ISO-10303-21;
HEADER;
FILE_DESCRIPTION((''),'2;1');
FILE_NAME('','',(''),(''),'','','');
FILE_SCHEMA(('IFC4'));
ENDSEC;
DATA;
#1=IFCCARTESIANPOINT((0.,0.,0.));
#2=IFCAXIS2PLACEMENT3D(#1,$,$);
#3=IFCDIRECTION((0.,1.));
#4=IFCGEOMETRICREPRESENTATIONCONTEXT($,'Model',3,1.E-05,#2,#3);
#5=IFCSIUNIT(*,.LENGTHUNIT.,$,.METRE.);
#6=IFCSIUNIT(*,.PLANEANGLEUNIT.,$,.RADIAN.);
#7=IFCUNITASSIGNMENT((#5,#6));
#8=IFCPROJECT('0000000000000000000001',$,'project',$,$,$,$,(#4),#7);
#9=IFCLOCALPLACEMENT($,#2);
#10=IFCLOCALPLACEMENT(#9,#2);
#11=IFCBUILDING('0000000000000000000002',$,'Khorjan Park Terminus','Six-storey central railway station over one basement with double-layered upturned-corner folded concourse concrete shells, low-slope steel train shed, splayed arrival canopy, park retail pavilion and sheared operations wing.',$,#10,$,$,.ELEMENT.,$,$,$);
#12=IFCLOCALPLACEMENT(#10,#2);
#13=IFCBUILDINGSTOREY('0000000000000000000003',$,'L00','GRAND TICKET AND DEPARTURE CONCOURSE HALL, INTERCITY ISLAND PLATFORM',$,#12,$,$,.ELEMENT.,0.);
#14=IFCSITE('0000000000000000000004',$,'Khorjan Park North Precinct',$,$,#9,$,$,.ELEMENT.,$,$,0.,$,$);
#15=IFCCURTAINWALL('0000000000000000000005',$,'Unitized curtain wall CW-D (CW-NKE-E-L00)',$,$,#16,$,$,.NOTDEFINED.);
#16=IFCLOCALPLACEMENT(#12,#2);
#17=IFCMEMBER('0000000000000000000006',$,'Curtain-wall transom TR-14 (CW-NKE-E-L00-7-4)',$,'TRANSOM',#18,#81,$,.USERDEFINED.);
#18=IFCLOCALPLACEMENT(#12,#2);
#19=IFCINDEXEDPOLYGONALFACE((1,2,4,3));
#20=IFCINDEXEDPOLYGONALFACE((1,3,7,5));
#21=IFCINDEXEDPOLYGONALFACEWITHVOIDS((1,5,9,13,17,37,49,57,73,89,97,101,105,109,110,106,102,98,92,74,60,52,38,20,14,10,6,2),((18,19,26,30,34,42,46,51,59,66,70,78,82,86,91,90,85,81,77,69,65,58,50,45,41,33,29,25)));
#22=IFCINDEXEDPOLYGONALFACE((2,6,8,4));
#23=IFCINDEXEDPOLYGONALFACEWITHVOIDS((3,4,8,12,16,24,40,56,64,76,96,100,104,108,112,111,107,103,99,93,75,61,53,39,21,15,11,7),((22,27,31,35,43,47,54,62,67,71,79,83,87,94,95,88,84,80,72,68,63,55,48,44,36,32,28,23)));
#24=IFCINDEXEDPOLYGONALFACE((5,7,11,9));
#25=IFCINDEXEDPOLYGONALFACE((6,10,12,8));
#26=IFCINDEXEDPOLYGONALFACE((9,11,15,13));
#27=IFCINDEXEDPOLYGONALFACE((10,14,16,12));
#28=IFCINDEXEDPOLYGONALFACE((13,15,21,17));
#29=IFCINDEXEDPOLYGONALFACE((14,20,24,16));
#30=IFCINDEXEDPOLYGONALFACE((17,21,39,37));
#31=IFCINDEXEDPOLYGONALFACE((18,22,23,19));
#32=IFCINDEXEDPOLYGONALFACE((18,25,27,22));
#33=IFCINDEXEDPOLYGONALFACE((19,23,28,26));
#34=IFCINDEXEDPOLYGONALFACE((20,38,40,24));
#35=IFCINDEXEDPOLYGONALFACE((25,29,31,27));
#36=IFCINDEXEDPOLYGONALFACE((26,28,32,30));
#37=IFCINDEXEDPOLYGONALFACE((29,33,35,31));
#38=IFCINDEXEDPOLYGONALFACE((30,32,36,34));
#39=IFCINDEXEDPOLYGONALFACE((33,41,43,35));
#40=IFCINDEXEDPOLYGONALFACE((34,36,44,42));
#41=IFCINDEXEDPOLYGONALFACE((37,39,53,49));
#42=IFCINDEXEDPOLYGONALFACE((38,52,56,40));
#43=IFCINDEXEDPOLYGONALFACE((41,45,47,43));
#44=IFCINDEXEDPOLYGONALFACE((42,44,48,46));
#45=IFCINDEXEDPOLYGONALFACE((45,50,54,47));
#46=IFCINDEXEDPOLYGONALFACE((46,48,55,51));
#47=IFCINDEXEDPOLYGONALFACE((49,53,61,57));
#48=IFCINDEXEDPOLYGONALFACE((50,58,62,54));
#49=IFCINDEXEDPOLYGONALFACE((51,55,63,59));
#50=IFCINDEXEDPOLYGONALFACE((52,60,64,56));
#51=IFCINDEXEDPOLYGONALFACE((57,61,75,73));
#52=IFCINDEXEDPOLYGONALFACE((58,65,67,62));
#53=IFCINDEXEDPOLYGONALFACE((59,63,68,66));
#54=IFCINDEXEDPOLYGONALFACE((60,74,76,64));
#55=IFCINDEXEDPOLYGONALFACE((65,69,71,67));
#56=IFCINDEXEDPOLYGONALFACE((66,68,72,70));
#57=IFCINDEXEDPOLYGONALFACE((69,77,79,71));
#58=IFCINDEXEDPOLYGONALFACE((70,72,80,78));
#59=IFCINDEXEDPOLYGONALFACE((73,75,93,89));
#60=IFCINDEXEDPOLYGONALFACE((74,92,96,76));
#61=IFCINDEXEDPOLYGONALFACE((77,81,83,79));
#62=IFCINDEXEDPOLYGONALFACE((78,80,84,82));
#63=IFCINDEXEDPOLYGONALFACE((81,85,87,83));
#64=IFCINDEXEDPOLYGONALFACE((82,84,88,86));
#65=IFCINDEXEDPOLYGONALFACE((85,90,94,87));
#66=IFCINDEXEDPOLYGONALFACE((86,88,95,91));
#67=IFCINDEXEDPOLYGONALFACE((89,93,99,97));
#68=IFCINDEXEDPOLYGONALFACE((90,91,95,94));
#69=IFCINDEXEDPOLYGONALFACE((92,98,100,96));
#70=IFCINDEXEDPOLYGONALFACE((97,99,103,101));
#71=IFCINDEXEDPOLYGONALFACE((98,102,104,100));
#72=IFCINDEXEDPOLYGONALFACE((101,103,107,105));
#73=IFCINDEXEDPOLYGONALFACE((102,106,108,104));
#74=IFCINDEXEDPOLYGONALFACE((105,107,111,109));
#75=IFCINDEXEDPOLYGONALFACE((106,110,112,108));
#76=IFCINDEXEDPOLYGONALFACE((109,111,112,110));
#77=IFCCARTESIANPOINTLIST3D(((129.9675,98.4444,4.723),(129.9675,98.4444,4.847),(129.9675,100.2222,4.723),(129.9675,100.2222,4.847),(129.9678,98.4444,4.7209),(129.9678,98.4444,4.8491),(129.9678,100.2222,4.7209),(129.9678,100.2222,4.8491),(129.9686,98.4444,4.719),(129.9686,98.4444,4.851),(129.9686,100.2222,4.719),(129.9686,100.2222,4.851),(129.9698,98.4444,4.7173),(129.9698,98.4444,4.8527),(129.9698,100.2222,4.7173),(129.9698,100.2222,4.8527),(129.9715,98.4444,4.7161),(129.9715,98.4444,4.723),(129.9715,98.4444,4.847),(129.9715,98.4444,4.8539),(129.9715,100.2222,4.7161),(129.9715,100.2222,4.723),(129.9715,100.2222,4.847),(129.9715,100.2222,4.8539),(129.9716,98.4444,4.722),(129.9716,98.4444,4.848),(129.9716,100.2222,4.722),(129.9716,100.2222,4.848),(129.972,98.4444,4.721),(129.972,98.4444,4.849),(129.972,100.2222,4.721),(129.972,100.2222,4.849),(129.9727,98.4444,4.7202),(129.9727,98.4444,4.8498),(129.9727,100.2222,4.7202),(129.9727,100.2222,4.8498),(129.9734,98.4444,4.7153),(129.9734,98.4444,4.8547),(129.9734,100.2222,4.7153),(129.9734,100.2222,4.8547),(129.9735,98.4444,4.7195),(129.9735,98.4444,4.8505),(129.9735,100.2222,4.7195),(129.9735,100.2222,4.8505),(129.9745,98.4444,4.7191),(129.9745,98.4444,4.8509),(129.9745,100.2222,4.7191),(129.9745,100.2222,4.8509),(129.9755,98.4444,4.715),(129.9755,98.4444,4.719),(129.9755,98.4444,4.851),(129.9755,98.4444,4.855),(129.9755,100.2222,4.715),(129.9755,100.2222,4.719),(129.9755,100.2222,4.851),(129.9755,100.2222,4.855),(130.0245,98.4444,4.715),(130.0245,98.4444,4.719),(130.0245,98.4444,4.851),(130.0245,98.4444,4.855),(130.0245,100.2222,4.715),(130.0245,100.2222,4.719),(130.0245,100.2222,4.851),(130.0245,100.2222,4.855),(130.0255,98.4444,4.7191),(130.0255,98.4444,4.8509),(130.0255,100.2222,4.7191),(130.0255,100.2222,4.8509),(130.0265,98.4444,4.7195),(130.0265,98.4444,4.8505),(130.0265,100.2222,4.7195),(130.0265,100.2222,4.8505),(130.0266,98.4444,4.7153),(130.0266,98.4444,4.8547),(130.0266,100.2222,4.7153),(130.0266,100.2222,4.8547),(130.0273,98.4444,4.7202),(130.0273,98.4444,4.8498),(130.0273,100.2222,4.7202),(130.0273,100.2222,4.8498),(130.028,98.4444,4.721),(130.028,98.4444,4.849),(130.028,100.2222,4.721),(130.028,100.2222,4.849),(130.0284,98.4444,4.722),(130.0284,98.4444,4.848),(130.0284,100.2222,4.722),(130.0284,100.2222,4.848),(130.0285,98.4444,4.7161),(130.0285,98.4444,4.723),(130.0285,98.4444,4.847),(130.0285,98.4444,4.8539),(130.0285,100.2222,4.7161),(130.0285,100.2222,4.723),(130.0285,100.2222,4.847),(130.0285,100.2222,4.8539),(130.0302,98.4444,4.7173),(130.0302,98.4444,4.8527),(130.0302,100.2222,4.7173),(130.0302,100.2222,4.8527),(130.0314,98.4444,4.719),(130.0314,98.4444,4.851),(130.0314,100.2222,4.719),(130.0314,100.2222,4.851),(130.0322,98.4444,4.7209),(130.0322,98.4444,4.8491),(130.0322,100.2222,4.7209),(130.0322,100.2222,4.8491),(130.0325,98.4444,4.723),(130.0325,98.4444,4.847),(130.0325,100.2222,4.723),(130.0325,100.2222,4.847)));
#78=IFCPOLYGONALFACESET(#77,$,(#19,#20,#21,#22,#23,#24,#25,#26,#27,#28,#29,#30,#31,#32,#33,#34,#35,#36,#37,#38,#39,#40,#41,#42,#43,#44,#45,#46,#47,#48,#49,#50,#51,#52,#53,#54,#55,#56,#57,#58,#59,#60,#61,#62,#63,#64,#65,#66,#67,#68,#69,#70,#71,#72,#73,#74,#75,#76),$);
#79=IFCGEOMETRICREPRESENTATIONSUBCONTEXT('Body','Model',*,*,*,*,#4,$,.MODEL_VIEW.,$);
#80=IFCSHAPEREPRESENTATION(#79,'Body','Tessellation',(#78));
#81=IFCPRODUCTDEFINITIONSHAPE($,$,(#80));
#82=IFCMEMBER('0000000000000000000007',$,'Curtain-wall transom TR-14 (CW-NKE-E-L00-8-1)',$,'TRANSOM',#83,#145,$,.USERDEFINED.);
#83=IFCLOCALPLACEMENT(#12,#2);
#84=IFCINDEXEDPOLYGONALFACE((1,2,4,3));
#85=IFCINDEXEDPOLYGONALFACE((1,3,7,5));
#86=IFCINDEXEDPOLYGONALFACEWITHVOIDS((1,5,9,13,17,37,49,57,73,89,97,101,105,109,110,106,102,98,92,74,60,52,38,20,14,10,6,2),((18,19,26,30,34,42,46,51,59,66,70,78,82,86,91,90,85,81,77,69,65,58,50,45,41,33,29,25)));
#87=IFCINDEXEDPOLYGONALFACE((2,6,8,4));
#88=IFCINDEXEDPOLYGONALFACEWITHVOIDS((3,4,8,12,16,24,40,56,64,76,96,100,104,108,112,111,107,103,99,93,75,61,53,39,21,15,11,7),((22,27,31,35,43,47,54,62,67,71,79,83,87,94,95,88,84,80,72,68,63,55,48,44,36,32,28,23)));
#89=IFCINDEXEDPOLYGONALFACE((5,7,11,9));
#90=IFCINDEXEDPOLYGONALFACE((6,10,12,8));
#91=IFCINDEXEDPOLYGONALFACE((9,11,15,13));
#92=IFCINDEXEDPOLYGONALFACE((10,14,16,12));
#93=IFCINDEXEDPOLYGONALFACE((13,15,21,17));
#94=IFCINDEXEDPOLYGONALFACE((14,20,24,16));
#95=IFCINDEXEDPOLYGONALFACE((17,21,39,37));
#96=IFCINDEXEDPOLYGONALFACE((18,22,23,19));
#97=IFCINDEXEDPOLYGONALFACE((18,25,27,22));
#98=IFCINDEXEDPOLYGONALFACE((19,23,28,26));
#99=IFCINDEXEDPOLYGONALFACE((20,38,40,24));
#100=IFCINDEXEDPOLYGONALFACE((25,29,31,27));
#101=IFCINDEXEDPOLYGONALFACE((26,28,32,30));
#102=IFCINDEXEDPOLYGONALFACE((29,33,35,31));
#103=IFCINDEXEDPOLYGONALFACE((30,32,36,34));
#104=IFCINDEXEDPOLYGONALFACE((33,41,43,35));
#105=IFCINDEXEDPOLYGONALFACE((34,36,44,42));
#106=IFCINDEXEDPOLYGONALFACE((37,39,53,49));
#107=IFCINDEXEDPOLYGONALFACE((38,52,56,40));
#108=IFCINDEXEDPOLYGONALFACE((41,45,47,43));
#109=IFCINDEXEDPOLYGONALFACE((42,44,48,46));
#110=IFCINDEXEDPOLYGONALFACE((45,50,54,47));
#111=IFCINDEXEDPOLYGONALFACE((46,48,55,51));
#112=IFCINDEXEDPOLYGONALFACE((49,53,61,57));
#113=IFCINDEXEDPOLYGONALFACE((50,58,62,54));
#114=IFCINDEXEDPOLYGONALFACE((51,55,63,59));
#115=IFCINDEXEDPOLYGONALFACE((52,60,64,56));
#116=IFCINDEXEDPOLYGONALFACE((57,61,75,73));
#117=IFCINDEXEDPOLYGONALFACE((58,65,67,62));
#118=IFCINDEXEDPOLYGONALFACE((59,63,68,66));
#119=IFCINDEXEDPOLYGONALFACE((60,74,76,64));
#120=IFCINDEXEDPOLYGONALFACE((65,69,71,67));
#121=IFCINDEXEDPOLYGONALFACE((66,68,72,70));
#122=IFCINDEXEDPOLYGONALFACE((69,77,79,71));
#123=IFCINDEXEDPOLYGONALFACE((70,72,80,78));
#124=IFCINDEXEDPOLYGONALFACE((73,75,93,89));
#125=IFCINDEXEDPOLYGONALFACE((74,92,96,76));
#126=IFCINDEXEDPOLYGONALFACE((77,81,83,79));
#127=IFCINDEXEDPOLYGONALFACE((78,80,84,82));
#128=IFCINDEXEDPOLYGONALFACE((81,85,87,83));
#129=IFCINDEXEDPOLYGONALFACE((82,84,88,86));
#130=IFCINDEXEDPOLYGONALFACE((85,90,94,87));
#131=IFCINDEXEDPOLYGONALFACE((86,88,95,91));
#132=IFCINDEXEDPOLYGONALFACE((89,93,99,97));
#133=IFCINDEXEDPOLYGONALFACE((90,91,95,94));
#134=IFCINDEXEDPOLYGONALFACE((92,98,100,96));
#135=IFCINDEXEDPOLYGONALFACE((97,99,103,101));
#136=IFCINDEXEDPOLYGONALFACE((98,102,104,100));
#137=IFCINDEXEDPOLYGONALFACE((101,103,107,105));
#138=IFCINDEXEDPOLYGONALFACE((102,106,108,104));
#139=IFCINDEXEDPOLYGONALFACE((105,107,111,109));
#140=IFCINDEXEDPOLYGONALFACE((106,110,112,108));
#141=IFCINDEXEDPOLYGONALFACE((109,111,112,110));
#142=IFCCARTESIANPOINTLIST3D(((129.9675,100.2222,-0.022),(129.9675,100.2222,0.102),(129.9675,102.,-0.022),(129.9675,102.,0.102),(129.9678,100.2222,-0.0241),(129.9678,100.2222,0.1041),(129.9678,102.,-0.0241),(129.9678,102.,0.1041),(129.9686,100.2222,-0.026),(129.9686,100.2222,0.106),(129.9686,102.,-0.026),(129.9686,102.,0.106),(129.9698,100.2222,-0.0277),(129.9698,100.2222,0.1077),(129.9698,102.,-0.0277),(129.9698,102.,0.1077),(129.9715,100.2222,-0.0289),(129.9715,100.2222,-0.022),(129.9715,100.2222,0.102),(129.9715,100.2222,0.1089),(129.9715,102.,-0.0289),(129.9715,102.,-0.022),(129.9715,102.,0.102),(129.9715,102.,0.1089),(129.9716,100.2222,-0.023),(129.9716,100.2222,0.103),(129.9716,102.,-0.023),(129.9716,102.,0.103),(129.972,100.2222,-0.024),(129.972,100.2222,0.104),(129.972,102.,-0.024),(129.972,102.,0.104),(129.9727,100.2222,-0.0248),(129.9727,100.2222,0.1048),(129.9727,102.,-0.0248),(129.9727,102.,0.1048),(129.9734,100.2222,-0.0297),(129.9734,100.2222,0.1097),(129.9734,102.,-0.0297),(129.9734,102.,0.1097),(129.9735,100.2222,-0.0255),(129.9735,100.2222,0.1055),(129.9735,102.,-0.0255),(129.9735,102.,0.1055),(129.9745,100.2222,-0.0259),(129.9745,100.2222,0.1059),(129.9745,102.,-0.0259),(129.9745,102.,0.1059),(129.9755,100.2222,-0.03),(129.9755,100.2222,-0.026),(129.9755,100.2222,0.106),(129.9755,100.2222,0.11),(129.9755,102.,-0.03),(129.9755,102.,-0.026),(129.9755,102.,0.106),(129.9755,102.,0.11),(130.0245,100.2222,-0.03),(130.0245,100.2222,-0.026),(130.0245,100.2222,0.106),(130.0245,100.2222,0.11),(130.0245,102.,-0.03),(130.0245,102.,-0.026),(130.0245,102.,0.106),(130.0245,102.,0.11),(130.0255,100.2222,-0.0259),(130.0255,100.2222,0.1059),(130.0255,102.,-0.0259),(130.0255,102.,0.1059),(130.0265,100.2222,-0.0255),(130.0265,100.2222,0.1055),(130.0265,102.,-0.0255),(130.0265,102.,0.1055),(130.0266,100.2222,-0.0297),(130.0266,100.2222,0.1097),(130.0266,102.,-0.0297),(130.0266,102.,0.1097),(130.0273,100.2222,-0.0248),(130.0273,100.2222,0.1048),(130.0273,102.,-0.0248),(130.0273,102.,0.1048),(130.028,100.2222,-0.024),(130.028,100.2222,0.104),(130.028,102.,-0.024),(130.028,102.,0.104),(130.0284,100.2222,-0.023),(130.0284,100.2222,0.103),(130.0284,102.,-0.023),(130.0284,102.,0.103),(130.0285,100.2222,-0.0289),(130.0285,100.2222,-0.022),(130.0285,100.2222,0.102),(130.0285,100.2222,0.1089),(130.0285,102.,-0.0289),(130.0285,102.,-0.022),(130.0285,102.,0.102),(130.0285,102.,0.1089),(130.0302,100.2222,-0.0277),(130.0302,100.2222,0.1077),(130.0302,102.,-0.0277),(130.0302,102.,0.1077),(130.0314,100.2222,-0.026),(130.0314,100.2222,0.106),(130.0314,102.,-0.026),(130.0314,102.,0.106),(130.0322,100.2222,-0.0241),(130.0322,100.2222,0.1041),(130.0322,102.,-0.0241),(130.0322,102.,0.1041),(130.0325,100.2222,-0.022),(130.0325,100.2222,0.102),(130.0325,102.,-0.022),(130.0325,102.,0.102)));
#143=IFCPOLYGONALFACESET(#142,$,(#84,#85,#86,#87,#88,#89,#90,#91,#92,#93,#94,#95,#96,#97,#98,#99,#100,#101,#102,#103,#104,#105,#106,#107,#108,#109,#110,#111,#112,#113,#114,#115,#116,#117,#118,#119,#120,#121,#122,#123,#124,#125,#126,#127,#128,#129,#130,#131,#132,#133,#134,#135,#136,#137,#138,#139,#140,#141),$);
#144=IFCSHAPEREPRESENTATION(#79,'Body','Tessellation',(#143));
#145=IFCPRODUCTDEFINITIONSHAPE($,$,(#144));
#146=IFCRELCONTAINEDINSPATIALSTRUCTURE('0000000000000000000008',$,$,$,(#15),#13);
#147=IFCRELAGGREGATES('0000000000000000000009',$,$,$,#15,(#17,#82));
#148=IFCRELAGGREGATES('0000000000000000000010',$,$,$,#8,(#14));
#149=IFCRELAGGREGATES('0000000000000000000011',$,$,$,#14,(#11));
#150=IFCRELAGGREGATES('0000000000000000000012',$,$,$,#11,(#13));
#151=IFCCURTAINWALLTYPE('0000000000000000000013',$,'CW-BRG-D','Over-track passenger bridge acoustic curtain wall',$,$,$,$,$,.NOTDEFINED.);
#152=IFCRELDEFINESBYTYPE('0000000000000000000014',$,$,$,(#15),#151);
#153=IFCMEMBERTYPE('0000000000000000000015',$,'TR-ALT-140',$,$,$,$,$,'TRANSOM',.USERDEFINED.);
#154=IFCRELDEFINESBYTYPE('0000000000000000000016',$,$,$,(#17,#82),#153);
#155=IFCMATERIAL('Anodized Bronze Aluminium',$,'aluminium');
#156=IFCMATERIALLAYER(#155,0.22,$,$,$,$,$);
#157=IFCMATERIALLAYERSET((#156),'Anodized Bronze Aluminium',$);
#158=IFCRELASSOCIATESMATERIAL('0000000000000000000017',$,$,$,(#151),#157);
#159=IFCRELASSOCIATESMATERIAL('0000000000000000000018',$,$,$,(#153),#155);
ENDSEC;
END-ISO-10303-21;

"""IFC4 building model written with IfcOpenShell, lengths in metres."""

from ifc_helpers import new_model, si_unit, direction, frame, origin, origin_2d, place, context, subcontext, project, spatial, hollow_rectangle, extrude, material, layer, layer_set, material_profile, profile_set, type_object, element, aggregate, save


model = new_model("IFC4")

# Units and contexts
model_context = context("Model", 3, precision=1e-05, world=origin(), true_north=direction((0.0, 1.0)))
body_context = subcontext(model_context, "Body", "Model", "MODEL_VIEW")
ifc_project = project(units=[si_unit("LENGTHUNIT", "METRE"), si_unit("PLANEANGLEUNIT", "RADIAN")], contexts=[model_context])

# Site, building, storey
site_placement = place(None, origin())
site = spatial("IfcSite", under=ifc_project, at=site_placement, Name="Khorjan Park North Precinct", CompositionType="ELEMENT", RefElevation=0.0)
building_placement = place(site_placement, origin())
building = spatial("IfcBuilding", under=site, at=building_placement, Name="Khorjan Park Terminus", Description="Six-storey central railway station over one basement with double-layered upturned-corner folded concourse concrete shells, low-slope steel train shed, splayed arrival canopy, park retail pavilion and sheared operations wing.", CompositionType="ELEMENT")
storey_placement = place(building_placement, origin())
storey = spatial("IfcBuildingStorey", under=building, at=storey_placement, Name="L00", Description="GRAND TICKET AND DEPARTURE CONCOURSE HALL, INTERCITY ISLAND PLATFORM", CompositionType="ELEMENT", Elevation=0.0)

# Curtain wall, members
ifc_material_1 = material(Name="Anodized Bronze Aluminium", Category="aluminium")
ifc_layer_1 = layer(ifc_material_1, 0.22)
ifc_layer_set_1 = layer_set([ifc_layer_1], Name="Anodized Bronze Aluminium")
curtain_wall_type = type_object("IfcCurtainWallType", Name="CW-BRG-D", Description="Over-track passenger bridge acoustic curtain wall", PredefinedType="NOTDEFINED", material=ifc_layer_set_1)
curtain_wall_placement = place(storey_placement, origin())
curtain_wall = element("IfcCurtainWall", 1, at=curtain_wall_placement, inside=storey, type_object=curtain_wall_type, Name="Unitized curtain wall CW-D (CW-NKE-E-L00)", PredefinedType="NOTDEFINED")
ifc_material_profile_1 = material_profile(ifc_material_1, hollow_rectangle(XDim=0.065, YDim=0.14, WallThickness=0.004, InnerFilletRadius=0.004, OuterFilletRadius=0.008, at=origin_2d()), Name="ALT 65x140x4")
ifc_profile_set_1 = profile_set([ifc_material_profile_1], Name="Anodized Bronze Aluminium")
member_type_1 = type_object("IfcMemberType", Name="TR-ALT-140", ElementType="TRANSOM", PredefinedType="USERDEFINED", material=ifc_profile_set_1)
member_1_placement = place(storey_placement, frame((130.0, 98.4444, 4.785), z_axis=(0.0, 1.0, 0.0), x_axis=(-1.0, 0.0, 0.0)))
member_1 = element("IfcMember", 2, at=member_1_placement, type_object=member_type_1, Name="Curtain-wall transom TR-14 (CW-NKE-E-L00-7-4)", ObjectType="TRANSOM", PredefinedType="USERDEFINED", context=body_context, shape_type="SweptSolid", body=[
    extrude(hollow_rectangle(XDim=0.065, YDim=0.14, WallThickness=0.004, InnerFilletRadius=0.004, OuterFilletRadius=0.008, at=origin_2d()), origin(), (0.0, 0.0, 1.0), 1.7778),
])
member_2_placement = place(storey_placement, frame((130.0, 100.2222, 0.04), z_axis=(0.0, 1.0, 0.0), x_axis=(-1.0, 0.0, 0.0)))
member_2 = element("IfcMember", 3, at=member_2_placement, type_object=member_type_1, Name="Curtain-wall transom TR-14 (CW-NKE-E-L00-8-1)", ObjectType="TRANSOM", PredefinedType="USERDEFINED", context=body_context, shape_type="SweptSolid", body=[
    extrude(hollow_rectangle(XDim=0.065, YDim=0.14, WallThickness=0.004, InnerFilletRadius=0.004, OuterFilletRadius=0.008, at=origin_2d()), origin(), (0.0, 0.0, 1.0), 1.7778),
])
aggregate(curtain_wall, [member_1, member_2])

save(model, "model.ifc")
